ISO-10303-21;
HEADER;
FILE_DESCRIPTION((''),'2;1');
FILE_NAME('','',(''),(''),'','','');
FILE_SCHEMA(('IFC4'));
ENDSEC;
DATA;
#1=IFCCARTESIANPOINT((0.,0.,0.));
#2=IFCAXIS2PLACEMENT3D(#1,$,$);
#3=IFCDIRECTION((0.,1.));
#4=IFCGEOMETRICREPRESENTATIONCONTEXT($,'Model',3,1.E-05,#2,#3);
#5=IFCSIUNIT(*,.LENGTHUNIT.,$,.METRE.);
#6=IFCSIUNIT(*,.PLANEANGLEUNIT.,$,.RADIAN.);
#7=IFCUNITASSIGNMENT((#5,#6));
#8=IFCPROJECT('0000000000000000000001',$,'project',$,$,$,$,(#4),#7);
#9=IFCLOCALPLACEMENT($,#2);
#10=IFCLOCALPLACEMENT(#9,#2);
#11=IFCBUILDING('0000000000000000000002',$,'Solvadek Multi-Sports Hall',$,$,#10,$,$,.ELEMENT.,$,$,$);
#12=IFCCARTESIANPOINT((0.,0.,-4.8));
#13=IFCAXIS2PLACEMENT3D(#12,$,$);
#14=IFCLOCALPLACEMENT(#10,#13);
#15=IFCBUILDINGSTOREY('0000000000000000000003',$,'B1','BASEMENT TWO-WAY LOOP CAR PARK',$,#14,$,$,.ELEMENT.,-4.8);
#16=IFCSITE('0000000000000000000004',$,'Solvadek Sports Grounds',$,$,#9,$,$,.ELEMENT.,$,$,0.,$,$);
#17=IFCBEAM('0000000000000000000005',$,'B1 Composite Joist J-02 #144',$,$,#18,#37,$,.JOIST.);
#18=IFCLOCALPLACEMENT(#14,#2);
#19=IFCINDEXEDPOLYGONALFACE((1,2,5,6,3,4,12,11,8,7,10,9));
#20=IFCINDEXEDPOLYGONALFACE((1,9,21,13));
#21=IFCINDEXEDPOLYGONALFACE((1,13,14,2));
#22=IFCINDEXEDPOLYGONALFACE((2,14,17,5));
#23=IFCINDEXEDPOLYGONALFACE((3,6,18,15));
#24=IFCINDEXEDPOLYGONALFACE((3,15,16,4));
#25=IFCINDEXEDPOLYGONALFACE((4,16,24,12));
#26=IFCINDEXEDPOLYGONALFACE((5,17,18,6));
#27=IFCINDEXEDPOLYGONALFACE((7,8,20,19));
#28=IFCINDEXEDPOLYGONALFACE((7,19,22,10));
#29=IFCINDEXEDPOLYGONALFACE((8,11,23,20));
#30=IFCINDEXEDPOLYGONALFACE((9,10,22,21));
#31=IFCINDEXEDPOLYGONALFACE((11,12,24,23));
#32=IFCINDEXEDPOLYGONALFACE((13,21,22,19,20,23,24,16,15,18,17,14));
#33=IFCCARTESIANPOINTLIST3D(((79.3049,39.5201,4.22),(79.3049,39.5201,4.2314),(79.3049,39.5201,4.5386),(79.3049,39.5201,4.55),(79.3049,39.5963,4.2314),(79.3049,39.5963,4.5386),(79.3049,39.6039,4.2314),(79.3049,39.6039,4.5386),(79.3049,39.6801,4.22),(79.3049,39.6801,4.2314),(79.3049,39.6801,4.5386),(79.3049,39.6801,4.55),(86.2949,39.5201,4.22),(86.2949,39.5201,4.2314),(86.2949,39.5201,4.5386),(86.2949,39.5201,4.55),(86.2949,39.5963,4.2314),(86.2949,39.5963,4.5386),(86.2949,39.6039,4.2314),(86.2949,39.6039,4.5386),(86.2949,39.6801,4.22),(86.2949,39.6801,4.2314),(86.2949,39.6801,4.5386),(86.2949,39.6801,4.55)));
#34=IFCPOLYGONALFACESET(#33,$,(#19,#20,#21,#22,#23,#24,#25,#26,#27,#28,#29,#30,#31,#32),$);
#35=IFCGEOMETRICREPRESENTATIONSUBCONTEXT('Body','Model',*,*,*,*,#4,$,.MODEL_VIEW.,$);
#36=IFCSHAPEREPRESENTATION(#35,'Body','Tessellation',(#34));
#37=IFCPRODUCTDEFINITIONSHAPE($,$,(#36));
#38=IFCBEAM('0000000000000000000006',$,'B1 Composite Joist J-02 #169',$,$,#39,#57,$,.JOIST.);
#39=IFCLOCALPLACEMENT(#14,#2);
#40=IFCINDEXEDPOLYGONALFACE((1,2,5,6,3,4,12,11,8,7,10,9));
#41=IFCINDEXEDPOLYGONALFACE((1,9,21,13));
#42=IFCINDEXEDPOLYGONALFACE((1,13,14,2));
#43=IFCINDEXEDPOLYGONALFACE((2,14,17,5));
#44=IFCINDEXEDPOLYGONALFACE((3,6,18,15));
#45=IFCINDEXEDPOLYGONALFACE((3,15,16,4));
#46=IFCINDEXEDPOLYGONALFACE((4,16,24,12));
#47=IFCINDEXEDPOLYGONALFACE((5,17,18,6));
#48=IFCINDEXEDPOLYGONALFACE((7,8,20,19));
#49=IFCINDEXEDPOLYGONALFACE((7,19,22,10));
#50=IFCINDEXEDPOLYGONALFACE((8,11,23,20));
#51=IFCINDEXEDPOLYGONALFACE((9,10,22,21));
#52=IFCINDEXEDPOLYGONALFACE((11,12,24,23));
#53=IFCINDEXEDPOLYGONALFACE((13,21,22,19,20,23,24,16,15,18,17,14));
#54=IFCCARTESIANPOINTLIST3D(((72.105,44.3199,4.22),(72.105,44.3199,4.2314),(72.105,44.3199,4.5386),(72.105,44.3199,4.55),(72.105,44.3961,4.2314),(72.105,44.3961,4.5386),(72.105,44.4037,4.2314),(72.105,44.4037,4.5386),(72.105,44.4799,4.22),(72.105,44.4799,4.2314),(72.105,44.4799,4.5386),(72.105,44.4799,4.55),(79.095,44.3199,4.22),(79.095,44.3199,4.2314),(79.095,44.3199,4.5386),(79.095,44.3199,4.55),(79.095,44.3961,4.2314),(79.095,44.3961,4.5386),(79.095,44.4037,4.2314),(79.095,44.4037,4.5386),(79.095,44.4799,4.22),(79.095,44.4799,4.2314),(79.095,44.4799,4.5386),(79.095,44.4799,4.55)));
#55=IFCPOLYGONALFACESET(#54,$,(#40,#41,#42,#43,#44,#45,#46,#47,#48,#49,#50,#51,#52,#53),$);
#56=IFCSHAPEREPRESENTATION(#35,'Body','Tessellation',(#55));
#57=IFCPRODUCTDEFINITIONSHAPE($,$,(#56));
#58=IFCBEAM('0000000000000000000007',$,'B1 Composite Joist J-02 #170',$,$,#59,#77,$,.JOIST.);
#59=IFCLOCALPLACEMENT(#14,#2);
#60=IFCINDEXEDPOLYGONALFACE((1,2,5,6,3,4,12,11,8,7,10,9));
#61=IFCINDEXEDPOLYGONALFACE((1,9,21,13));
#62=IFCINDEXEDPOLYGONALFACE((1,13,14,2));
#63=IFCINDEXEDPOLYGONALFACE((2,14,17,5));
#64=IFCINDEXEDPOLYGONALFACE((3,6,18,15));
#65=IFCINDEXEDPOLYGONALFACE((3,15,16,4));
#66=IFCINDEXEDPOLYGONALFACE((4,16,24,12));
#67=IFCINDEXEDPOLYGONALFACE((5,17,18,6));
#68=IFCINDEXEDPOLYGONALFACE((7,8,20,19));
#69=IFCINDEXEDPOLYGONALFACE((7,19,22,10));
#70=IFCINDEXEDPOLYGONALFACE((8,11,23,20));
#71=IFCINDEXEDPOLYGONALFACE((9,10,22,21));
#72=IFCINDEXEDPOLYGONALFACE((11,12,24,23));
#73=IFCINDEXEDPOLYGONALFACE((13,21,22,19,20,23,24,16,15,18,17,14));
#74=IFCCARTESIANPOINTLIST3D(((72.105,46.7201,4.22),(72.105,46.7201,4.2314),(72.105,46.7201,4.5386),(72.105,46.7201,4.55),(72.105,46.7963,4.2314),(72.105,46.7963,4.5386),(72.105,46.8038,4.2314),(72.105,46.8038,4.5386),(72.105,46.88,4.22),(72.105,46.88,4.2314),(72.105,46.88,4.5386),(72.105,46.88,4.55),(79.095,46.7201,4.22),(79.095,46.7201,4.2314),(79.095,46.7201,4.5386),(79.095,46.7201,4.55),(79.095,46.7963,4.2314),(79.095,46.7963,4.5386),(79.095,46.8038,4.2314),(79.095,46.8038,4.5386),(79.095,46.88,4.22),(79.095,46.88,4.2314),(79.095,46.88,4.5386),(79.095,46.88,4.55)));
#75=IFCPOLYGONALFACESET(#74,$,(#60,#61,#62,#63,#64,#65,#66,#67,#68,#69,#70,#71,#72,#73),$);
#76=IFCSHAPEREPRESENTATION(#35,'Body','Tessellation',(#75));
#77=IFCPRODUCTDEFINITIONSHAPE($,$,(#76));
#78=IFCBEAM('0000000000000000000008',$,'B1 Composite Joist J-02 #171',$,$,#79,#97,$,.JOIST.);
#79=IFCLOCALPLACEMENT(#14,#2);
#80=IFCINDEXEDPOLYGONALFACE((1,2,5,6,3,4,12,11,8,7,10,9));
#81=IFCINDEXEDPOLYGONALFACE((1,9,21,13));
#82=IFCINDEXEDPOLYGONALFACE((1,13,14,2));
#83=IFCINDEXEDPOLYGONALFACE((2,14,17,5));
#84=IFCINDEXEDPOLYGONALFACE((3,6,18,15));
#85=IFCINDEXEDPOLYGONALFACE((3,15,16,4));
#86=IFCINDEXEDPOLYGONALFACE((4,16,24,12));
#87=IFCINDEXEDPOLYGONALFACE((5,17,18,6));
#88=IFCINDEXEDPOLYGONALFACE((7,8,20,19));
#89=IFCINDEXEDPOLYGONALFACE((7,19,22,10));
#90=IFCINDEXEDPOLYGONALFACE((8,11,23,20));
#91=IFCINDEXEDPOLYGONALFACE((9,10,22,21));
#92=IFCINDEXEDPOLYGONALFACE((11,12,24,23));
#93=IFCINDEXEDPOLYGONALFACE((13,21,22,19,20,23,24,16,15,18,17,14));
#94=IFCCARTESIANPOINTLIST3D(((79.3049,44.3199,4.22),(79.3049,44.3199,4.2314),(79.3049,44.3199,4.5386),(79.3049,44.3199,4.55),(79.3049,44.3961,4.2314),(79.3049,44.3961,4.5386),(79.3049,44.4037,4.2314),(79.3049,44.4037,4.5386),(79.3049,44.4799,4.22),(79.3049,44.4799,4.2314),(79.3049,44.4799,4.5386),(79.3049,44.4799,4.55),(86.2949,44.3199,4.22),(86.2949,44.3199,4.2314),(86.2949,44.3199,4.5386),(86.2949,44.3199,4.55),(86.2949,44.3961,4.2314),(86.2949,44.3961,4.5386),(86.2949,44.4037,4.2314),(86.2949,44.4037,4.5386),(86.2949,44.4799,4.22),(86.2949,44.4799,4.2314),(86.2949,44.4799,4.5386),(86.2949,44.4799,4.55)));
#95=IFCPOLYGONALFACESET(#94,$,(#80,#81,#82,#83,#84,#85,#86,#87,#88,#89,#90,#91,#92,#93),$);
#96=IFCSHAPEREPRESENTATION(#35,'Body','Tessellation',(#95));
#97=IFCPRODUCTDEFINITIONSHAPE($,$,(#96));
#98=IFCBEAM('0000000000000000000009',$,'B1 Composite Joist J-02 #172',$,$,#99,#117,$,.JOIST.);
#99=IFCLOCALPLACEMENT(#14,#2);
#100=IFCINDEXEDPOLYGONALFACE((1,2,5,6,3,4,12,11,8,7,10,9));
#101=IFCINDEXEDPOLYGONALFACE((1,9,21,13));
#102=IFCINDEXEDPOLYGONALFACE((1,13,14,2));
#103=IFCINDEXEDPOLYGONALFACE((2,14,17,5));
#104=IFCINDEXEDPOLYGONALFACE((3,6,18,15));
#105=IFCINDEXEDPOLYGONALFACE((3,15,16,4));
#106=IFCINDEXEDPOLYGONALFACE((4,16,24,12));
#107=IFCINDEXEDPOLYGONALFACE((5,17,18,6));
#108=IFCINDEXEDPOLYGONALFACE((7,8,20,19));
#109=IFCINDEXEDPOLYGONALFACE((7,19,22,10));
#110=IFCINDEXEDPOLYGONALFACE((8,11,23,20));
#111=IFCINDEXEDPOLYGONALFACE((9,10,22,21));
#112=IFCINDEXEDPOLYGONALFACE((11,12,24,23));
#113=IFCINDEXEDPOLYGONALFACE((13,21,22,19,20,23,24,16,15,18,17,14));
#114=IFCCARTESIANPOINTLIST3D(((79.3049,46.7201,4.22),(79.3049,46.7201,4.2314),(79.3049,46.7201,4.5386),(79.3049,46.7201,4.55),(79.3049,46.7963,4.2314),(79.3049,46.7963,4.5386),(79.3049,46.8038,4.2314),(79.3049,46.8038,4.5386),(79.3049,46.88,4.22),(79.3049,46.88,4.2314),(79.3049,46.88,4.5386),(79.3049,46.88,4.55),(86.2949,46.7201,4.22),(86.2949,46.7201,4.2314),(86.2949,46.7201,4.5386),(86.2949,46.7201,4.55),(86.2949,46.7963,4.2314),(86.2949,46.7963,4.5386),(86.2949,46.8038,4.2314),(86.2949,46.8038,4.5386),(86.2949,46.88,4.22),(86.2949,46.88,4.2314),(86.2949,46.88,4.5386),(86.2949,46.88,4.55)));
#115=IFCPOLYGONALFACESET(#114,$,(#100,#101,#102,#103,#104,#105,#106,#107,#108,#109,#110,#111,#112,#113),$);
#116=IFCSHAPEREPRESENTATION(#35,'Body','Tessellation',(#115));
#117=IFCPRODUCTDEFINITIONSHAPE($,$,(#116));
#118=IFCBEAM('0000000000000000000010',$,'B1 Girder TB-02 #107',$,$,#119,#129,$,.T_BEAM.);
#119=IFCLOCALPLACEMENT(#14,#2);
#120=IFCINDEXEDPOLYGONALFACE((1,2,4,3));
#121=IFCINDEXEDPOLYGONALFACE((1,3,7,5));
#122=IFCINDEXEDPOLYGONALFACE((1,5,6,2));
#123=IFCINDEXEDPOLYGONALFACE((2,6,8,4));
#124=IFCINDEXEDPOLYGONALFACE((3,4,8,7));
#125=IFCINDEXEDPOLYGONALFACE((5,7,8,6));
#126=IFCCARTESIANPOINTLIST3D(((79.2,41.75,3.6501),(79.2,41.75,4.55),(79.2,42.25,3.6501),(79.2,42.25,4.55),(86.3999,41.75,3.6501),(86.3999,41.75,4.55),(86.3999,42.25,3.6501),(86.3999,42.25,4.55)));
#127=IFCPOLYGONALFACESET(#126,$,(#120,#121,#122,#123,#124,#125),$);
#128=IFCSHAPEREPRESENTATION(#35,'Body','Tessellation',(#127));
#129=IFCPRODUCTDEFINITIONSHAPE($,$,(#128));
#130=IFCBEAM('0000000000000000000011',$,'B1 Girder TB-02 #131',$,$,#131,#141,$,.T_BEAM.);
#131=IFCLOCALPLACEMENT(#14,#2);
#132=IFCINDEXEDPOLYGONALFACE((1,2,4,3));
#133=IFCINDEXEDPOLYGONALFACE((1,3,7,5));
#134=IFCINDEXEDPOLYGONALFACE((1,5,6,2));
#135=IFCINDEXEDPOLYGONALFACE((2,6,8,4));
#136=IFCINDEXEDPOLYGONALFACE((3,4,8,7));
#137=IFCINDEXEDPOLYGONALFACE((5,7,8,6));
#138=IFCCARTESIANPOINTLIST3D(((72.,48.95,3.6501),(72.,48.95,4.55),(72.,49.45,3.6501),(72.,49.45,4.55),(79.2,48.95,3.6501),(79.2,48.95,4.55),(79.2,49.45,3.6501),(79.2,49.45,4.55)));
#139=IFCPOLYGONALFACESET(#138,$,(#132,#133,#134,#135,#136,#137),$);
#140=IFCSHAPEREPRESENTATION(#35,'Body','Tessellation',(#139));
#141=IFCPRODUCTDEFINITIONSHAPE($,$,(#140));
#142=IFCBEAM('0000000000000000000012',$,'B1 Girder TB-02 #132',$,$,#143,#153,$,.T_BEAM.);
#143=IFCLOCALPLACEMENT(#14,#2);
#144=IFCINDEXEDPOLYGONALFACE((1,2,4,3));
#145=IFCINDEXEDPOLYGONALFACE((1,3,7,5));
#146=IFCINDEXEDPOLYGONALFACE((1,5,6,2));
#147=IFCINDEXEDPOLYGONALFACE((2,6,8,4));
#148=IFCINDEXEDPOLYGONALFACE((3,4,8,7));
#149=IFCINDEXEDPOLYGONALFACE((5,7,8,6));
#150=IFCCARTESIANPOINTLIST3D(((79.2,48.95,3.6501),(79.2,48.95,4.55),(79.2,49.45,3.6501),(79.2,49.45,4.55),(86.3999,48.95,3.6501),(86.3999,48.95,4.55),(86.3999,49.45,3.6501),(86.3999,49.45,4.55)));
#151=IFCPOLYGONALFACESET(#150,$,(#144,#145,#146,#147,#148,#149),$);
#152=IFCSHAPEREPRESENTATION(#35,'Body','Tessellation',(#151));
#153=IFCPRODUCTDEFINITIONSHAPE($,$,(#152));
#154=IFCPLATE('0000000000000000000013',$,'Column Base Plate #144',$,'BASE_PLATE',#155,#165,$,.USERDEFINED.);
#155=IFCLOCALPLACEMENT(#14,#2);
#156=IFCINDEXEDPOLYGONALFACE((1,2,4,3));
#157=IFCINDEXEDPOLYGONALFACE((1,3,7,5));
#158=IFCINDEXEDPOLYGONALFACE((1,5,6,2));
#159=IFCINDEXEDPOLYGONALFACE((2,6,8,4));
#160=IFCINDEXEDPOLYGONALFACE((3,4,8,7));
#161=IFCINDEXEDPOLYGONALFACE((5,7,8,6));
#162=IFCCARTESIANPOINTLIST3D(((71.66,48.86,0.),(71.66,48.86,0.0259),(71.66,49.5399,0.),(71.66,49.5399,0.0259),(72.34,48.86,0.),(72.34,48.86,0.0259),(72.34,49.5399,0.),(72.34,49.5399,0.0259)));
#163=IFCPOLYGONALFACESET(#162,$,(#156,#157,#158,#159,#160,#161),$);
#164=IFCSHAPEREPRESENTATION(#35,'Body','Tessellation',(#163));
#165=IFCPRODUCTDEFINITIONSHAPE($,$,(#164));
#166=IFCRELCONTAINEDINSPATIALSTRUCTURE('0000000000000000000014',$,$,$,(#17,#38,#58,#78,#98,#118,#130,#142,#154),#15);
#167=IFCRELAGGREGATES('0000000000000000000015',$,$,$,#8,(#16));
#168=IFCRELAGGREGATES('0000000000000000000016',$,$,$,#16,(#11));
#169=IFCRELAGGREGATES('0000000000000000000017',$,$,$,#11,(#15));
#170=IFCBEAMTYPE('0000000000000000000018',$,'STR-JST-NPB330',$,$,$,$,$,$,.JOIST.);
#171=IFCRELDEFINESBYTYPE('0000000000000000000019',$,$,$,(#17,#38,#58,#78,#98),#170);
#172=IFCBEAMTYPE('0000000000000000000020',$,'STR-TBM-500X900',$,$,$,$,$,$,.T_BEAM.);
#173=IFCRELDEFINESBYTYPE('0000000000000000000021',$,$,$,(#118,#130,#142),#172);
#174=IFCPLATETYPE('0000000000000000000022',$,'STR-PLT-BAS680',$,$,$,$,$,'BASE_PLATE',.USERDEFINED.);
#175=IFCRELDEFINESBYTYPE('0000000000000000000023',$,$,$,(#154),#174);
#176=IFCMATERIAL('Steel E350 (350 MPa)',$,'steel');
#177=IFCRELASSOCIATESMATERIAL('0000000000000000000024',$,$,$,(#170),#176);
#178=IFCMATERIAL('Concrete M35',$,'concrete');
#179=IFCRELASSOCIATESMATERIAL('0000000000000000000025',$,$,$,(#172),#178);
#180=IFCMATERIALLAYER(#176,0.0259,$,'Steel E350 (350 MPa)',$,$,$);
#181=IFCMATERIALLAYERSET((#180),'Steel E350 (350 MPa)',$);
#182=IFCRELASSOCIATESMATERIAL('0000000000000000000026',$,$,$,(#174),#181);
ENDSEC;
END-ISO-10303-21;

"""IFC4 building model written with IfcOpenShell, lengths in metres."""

from ifc_helpers import new_model, si_unit, direction, frame, origin, origin_2d, place, context, subcontext, project, spatial, rectangle, i_section, extrude, material, layer, layer_set, material_profile, profile_set, type_object, element, save


model = new_model("IFC4")

# Units and contexts
model_context = context("Model", 3, precision=1e-05, world=origin(), true_north=direction((0.0, 1.0)))
body_context = subcontext(model_context, "Body", "Model", "MODEL_VIEW")
ifc_project = project(units=[si_unit("LENGTHUNIT", "METRE"), si_unit("PLANEANGLEUNIT", "RADIAN")], contexts=[model_context])

# Site, building, storey
site_placement = place(None, origin())
site = spatial("IfcSite", under=ifc_project, at=site_placement, Name="Solvadek Sports Grounds", CompositionType="ELEMENT", RefElevation=0.0)
building_placement = place(site_placement, origin())
building = spatial("IfcBuilding", under=site, at=building_placement, Name="Solvadek Multi-Sports Hall", CompositionType="ELEMENT")
storey_placement = place(building_placement, frame((0.0, 0.0, -4.8)))
storey = spatial("IfcBuildingStorey", under=building, at=storey_placement, Name="B1", Description="BASEMENT TWO-WAY LOOP CAR PARK", CompositionType="ELEMENT", Elevation=-4.8)

# Shared definitions
ifc_material_1 = material(Name="Concrete M35", Category="concrete")

# Shared definitions
ifc_material_2 = material(Name="Steel E350 (350 MPa)", Category="steel")

# Beams
ifc_material_profile_1 = material_profile(ifc_material_2, i_section(OverallWidth=0.1599, OverallDepth=0.3301, WebThickness=0.0076, FlangeThickness=0.0115, at=origin_2d()), Name="NPB 330")
ifc_profile_set_1 = profile_set([ifc_material_profile_1], Name="Steel E350 (350 MPa)")
beam_type_1 = type_object("IfcBeamType", Name="STR-JST-NPB330", PredefinedType="JOIST", material=ifc_profile_set_1)
for number, where, z_axis, x_axis, name in (
    (1, (79.3049, 39.6001, 4.385), (1.0, 0.0, 0.0), (0.0, 1.0, 0.0), "B1 Composite Joist J-02 #144"),
    (2, (72.105, 44.3999, 4.385), (1.0, 0.0, 0.0), (0.0, 1.0, 0.0), "B1 Composite Joist J-02 #169"),
    (3, (72.105, 46.8, 4.385), (1.0, 0.0, 0.0), (0.0, 1.0, 0.0), "B1 Composite Joist J-02 #170"),
    (4, (79.3049, 44.3999, 4.385), (1.0, 0.0, 0.0), (0.0, 1.0, 0.0), "B1 Composite Joist J-02 #171"),
    (5, (79.3049, 46.8, 4.385), (1.0, 0.0, 0.0), (0.0, 1.0, 0.0), "B1 Composite Joist J-02 #172"),
):
    element("IfcBeam", number, at=place(storey_placement, frame(where, z_axis=z_axis, x_axis=x_axis)), inside=storey, type_object=beam_type_1, Name=name, PredefinedType="JOIST", context=body_context, shape_type="SweptSolid", body=[
        extrude(i_section(OverallWidth=0.1599, OverallDepth=0.3301, WebThickness=0.0076, FlangeThickness=0.0115, at=origin_2d()), origin(), (0.0, 0.0, 1.0), 6.99),
    ])
ifc_material_profile_2 = material_profile(ifc_material_1, rectangle(XDim=0.5, YDim=0.8999, at=origin_2d()), Name="RC T-BEAM 500x900")
ifc_profile_set_2 = profile_set([ifc_material_profile_2], Name="Concrete M35")
beam_type_2 = type_object("IfcBeamType", Name="STR-TBM-500X900", PredefinedType="T_BEAM", material=ifc_profile_set_2)
for number, where, z_axis, x_axis, name in (
    (6, (79.2, 42.0, 4.1001), (1.0, 0.0, 0.0), (0.0, 1.0, 0.0), "B1 Girder TB-02 #107"),
    (7, (72.0, 49.2, 4.1001), (1.0, 0.0, 0.0), (0.0, 1.0, 0.0), "B1 Girder TB-02 #131"),
    (8, (79.2, 49.2, 4.1001), (1.0, 0.0, 0.0), (0.0, 1.0, 0.0), "B1 Girder TB-02 #132"),
):
    element("IfcBeam", number, at=place(storey_placement, frame(where, z_axis=z_axis, x_axis=x_axis)), inside=storey, type_object=beam_type_2, Name=name, PredefinedType="T_BEAM", context=body_context, shape_type="SweptSolid", body=[
        extrude(rectangle(XDim=0.5, YDim=0.8999, at=origin_2d()), origin(), (0.0, 0.0, 1.0), 7.2),
    ])

# Plate
ifc_layer = layer(ifc_material_2, 0.0259, Name="Steel E350 (350 MPa)")
ifc_layer_set = layer_set([ifc_layer], Name="Steel E350 (350 MPa)")
plate_type = type_object("IfcPlateType", Name="STR-PLT-BAS680", ElementType="BASE_PLATE", PredefinedType="USERDEFINED", material=ifc_layer_set)
plate_placement = place(storey_placement, frame((72.0, 49.2, 0.0), z_axis=(0.0, 0.0, 1.0), x_axis=(1.0, 0.0, 0.0)))
element("IfcPlate", 9, at=plate_placement, inside=storey, type_object=plate_type, Name="Column Base Plate #144", ObjectType="BASE_PLATE", PredefinedType="USERDEFINED", context=body_context, shape_type="SweptSolid", body=[
    extrude(rectangle(XDim=0.6799, YDim=0.6799, at=origin_2d()), origin(), (0.0, 0.0, 1.0), 0.0259),
])

save(model, "model.ifc")
